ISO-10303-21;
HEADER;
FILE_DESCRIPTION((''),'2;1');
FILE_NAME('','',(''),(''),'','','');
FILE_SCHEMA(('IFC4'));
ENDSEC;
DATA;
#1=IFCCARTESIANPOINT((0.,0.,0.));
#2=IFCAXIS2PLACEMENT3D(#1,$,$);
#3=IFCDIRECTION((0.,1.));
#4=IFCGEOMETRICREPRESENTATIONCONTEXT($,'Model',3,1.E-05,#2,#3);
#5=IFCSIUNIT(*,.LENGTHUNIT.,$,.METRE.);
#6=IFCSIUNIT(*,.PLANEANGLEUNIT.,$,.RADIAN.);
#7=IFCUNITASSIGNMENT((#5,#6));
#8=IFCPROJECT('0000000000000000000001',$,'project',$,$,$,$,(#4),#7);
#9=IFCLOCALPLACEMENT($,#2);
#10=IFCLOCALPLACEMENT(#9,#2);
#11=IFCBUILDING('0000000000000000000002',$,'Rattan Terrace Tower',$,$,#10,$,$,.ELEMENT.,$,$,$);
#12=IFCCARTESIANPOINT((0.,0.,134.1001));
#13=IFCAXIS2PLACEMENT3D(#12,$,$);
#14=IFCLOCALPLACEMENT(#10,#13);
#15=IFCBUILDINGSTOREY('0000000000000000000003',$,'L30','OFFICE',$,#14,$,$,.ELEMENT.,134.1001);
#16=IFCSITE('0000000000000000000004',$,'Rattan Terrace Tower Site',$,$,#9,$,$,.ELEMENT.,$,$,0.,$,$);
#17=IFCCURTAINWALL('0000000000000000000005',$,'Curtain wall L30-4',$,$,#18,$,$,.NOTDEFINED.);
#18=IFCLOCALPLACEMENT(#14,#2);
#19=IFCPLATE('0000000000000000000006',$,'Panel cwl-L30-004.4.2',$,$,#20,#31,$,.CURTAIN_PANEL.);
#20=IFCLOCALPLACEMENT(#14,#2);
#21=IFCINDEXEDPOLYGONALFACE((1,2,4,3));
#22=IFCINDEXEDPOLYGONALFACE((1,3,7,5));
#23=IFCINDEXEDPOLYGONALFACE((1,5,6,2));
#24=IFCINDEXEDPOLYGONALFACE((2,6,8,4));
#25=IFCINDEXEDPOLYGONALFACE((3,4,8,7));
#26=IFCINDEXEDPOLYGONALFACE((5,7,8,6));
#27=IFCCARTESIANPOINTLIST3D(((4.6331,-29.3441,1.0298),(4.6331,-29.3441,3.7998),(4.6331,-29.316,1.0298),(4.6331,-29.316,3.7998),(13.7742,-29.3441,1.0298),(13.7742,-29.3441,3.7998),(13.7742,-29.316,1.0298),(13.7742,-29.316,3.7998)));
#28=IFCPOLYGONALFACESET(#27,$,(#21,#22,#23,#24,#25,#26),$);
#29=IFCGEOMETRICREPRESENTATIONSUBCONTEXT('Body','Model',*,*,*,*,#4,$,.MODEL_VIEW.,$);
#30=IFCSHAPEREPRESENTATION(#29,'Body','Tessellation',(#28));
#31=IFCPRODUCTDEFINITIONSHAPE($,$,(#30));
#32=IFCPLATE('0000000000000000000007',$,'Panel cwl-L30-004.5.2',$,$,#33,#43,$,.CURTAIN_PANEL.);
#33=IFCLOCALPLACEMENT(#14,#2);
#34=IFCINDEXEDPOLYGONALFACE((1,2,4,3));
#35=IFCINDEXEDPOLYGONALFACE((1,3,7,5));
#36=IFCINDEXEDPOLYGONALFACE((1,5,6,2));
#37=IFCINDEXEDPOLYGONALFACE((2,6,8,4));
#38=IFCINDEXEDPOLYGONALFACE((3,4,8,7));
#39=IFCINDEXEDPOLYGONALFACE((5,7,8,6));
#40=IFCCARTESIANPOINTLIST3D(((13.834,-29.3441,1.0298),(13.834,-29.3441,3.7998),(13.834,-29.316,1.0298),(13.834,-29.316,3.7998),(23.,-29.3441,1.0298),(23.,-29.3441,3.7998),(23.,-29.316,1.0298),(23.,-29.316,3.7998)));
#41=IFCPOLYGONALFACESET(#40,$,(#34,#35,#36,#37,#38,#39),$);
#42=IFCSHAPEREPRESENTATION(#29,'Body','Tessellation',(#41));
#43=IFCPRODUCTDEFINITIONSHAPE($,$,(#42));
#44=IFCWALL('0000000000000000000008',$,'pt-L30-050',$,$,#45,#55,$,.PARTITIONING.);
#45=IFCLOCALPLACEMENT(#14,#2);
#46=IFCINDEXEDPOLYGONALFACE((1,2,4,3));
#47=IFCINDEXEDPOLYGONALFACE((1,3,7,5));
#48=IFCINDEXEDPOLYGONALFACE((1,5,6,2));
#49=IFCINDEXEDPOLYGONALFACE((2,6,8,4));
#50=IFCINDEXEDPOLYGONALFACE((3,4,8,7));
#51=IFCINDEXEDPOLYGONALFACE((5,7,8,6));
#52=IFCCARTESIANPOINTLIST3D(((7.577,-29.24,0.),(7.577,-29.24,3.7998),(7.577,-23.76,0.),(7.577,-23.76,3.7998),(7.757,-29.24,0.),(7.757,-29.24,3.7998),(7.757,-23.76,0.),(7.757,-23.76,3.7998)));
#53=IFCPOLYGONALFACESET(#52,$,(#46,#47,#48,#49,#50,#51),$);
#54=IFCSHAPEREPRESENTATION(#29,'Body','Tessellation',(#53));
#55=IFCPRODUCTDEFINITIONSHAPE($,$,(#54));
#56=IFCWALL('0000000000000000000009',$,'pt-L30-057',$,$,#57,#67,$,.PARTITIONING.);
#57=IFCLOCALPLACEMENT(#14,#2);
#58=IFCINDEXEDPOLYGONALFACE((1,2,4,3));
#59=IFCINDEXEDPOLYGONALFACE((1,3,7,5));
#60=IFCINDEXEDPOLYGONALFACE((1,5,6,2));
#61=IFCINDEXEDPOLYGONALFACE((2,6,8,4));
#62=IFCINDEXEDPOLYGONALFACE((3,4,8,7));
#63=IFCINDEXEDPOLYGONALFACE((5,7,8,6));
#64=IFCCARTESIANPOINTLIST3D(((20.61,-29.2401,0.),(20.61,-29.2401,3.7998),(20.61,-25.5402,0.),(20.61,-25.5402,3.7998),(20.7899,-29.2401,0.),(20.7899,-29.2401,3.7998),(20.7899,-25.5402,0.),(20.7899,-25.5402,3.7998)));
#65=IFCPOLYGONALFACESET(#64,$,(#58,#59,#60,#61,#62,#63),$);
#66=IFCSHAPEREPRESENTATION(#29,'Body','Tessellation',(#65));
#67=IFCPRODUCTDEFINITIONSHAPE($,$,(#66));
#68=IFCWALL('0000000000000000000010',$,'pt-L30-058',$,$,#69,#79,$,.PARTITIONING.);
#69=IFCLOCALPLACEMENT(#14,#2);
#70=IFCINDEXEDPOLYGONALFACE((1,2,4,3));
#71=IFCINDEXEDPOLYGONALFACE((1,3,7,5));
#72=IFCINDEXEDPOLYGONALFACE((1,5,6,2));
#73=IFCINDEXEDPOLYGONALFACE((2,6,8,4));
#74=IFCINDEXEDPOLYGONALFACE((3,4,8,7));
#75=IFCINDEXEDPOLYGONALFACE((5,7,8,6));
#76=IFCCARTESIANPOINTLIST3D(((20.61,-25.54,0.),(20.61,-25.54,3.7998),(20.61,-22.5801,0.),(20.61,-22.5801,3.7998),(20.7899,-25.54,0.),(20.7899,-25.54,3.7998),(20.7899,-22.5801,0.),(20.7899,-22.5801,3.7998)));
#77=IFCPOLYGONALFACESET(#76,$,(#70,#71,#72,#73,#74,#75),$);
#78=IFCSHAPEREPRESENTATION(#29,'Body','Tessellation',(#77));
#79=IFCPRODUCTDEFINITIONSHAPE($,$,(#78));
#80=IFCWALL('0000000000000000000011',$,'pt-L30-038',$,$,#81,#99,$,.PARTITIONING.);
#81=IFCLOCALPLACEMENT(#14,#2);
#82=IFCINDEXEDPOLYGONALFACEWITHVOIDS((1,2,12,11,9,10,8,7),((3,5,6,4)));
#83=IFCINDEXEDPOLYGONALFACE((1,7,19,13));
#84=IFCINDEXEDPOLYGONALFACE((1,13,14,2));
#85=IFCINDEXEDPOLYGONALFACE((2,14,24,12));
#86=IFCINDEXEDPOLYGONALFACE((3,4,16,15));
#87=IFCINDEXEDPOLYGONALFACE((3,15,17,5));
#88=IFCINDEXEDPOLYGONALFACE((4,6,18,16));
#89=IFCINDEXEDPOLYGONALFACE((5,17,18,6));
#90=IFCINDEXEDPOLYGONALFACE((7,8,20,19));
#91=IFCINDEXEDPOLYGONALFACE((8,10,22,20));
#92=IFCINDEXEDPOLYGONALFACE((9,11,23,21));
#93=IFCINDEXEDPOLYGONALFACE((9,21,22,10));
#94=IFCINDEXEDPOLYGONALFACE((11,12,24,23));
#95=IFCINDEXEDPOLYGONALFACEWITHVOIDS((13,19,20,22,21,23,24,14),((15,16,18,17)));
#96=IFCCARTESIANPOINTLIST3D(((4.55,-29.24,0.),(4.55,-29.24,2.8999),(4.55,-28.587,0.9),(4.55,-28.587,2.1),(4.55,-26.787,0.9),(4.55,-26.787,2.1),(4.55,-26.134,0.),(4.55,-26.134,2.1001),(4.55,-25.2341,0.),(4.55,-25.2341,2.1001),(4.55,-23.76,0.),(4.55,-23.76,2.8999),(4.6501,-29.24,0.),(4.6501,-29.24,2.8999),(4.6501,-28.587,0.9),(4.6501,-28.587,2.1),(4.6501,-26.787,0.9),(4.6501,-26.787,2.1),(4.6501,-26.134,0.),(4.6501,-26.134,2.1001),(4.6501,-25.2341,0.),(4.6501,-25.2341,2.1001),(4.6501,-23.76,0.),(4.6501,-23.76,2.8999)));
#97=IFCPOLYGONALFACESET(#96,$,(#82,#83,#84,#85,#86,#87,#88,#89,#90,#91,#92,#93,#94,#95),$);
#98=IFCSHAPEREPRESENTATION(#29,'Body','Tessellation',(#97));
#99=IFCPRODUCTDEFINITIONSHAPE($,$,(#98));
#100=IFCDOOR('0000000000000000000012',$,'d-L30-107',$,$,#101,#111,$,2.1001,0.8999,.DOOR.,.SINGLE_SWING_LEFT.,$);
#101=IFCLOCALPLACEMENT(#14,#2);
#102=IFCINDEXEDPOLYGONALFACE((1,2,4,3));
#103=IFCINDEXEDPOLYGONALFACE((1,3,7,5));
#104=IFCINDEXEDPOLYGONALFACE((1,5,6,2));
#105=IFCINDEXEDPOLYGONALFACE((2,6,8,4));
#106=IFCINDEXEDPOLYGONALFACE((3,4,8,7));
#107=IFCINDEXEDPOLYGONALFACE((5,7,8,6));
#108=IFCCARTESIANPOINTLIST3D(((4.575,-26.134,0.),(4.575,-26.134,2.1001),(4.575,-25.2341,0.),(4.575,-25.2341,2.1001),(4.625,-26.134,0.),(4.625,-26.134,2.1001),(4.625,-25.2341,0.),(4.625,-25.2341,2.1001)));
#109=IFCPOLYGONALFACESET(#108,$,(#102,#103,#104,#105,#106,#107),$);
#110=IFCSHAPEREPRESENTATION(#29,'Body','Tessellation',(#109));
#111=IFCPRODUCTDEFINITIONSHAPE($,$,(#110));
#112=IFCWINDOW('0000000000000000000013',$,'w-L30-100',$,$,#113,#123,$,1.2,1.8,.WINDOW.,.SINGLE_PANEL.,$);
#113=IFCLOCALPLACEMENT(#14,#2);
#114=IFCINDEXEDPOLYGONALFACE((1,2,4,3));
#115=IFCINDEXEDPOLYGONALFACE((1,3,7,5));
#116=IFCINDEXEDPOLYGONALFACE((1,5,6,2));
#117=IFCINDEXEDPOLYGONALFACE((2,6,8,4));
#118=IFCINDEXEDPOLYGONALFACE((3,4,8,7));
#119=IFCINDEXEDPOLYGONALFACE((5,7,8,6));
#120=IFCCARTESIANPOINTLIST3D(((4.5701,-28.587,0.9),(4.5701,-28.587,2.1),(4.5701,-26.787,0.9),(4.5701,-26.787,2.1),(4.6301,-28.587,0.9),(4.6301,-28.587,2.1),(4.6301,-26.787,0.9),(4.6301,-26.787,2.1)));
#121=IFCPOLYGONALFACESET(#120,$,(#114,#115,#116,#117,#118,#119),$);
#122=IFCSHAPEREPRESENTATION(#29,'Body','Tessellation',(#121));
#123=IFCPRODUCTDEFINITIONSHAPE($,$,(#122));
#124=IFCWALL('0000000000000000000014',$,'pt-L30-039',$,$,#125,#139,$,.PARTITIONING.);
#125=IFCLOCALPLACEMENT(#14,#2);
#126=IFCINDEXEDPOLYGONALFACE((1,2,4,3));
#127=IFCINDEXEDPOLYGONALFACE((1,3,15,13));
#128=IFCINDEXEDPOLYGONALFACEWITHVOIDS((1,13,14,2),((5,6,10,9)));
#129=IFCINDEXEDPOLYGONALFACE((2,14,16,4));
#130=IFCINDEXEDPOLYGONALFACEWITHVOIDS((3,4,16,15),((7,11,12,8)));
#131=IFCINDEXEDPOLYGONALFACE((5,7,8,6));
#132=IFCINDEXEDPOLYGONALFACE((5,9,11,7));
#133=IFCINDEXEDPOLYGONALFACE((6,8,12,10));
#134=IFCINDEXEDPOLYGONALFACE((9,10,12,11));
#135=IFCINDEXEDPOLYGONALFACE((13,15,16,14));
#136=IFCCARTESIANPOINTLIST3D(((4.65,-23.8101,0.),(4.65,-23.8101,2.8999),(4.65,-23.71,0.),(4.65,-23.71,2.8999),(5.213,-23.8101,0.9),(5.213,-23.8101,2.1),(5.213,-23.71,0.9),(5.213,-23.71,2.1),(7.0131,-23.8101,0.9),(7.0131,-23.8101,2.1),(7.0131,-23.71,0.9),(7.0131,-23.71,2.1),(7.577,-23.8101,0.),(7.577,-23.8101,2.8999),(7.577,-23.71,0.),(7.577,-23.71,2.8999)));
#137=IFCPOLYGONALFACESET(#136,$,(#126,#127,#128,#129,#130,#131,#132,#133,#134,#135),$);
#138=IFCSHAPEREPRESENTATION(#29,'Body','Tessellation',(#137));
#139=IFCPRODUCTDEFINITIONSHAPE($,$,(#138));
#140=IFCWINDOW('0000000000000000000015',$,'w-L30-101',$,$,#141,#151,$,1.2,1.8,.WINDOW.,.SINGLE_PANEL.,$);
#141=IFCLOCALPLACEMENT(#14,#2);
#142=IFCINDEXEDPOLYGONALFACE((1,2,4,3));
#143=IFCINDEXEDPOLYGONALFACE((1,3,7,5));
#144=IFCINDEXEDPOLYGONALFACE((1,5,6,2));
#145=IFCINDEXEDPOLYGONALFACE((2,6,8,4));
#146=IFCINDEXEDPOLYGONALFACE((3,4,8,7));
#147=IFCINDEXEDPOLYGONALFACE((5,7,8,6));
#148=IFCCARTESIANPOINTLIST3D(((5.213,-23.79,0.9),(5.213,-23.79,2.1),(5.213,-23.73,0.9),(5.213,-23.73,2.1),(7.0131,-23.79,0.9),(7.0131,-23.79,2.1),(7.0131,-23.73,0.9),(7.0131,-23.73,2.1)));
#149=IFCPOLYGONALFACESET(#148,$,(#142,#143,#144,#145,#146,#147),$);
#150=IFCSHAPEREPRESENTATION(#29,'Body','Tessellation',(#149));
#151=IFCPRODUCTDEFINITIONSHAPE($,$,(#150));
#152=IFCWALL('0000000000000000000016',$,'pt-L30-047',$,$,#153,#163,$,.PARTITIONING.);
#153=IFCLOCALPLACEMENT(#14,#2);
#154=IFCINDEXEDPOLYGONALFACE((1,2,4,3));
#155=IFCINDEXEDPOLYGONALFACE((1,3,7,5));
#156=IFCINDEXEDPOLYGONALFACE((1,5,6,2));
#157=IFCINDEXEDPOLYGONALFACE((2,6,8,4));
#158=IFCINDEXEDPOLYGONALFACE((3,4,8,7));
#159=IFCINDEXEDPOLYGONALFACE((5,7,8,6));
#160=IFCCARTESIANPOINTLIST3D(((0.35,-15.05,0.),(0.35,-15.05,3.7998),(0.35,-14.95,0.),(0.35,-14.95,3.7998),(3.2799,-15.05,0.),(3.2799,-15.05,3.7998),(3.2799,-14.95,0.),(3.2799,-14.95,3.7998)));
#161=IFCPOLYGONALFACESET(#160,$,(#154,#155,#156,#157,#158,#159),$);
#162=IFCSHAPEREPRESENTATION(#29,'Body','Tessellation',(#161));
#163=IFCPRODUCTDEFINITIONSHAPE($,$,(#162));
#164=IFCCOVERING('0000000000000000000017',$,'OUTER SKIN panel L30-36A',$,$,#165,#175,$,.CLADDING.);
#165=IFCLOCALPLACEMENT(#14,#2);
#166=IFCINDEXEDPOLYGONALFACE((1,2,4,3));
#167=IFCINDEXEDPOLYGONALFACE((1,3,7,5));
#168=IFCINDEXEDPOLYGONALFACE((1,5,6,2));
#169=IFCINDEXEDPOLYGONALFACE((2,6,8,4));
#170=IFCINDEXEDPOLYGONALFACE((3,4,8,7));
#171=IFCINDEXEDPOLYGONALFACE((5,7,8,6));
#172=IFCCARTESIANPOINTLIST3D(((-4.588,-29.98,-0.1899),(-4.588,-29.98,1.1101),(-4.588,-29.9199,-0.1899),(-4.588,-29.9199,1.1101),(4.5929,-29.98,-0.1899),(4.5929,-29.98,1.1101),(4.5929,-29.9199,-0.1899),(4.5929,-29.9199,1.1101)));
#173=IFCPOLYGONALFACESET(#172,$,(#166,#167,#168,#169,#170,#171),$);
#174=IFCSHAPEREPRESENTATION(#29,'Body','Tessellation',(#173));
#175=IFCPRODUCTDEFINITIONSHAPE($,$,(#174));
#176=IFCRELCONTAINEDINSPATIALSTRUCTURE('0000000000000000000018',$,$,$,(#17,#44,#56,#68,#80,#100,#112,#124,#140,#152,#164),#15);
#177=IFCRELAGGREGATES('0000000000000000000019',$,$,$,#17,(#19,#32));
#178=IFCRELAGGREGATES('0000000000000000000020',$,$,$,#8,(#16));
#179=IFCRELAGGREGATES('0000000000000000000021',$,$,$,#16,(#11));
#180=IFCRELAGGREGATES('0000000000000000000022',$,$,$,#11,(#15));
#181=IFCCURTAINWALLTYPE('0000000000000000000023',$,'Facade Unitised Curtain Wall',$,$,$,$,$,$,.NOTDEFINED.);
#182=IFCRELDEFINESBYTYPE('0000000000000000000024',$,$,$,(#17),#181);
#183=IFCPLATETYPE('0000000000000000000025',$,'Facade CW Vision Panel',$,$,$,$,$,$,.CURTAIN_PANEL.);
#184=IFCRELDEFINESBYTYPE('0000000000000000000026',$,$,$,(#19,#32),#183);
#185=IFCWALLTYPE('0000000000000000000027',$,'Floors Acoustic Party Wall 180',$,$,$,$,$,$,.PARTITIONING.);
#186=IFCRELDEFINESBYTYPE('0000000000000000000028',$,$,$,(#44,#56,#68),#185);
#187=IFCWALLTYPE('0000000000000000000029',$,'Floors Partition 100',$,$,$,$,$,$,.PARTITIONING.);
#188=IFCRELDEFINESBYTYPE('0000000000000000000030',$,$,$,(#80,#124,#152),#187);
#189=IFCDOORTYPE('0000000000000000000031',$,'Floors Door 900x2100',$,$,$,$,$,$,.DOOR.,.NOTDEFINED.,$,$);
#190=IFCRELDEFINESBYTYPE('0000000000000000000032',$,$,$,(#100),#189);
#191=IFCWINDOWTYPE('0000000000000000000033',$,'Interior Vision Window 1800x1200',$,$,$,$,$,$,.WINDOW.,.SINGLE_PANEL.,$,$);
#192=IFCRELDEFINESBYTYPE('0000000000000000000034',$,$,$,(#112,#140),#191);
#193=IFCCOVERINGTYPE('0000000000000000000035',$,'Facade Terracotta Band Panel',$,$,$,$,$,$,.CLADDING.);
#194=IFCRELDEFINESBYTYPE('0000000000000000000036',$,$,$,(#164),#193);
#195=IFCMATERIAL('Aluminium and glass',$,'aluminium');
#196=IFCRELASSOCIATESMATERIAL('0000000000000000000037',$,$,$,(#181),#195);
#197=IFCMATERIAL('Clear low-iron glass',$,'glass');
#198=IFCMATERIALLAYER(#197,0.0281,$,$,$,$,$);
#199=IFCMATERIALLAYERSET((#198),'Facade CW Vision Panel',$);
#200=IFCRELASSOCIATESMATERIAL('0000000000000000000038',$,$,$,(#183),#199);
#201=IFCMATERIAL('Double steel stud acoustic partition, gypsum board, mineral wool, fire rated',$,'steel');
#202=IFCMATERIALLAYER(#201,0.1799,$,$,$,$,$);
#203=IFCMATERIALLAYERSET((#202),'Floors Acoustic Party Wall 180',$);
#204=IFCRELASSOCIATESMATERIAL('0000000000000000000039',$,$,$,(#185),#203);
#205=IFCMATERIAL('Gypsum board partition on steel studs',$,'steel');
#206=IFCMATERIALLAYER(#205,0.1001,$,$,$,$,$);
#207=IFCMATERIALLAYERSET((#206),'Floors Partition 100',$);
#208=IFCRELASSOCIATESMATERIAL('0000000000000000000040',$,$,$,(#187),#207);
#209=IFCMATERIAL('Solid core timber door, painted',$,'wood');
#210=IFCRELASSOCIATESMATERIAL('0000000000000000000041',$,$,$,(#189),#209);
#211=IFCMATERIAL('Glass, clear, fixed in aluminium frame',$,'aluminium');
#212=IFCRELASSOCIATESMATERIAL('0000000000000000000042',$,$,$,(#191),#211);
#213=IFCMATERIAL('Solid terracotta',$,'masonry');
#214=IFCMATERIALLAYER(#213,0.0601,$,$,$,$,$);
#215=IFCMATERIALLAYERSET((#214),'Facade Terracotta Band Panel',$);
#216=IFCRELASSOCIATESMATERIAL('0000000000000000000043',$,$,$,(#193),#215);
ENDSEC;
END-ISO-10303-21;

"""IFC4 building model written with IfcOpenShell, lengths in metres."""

from ifc_helpers import new_model, si_unit, direction, frame, frame_2d, origin, origin_2d, place, context, subcontext, project, spatial, rectangle, extrude, material, layer, layer_set, type_object, element, fill, aggregate, save


model = new_model("IFC4")

# Units and contexts
model_context = context("Model", 3, precision=1e-05, world=origin(), true_north=direction((0.0, 1.0)))
body_context = subcontext(model_context, "Body", "Model", "MODEL_VIEW")
ifc_project = project(units=[si_unit("LENGTHUNIT", "METRE"), si_unit("PLANEANGLEUNIT", "RADIAN")], contexts=[model_context])

# Site, building, storey
site_placement = place(None, origin())
site = spatial("IfcSite", under=ifc_project, at=site_placement, Name="Rattan Terrace Tower Site", CompositionType="ELEMENT", RefElevation=0.0)
building_placement = place(site_placement, origin())
building = spatial("IfcBuilding", under=site, at=building_placement, Name="Rattan Terrace Tower", CompositionType="ELEMENT")
storey_placement = place(building_placement, frame((0.0, 0.0, 134.1001)))
storey = spatial("IfcBuildingStorey", under=building, at=storey_placement, Name="L30", Description="OFFICE", CompositionType="ELEMENT", Elevation=134.1001)

# Curtain wall
ifc_material_1 = material(Name="Aluminium and glass", Category="aluminium")
curtain_wall_type = type_object("IfcCurtainWallType", Name="Facade Unitised Curtain Wall", PredefinedType="NOTDEFINED", material=ifc_material_1)
curtain_wall_placement = place(storey_placement, origin())
curtain_wall = element("IfcCurtainWall", 1, at=curtain_wall_placement, inside=storey, type_object=curtain_wall_type, Name="Curtain wall L30-4", PredefinedType="NOTDEFINED")

# Plates
ifc_material_2 = material(Name="Clear low-iron glass", Category="glass")
ifc_layer_1 = layer(ifc_material_2, 0.0281)
ifc_layer_set_1 = layer_set([ifc_layer_1], Name="Facade CW Vision Panel")
plate_type_1 = type_object("IfcPlateType", Name="Facade CW Vision Panel", PredefinedType="CURTAIN_PANEL", material=ifc_layer_set_1)
plate_1_placement = place(storey_placement, frame((9.2036, -29.3301, 1.0298), z_axis=(0.0, 0.0, 1.0), x_axis=(1.0, 0.0, 0.0)))
plate_1 = element("IfcPlate", 2, at=plate_1_placement, type_object=plate_type_1, Name="Panel cwl-L30-004.4.2", PredefinedType="CURTAIN_PANEL", context=body_context, shape_type="SweptSolid", body=[
    extrude(rectangle(XDim=9.1411, YDim=0.0281, at=origin_2d()), origin(), (0.0, 0.0, 1.0), 2.77),
])
plate_2_placement = place(storey_placement, frame((18.417, -29.3301, 1.0298), z_axis=(0.0, 0.0, 1.0), x_axis=(1.0, 0.0, 0.0)))
plate_2 = element("IfcPlate", 3, at=plate_2_placement, type_object=plate_type_1, Name="Panel cwl-L30-004.5.2", PredefinedType="CURTAIN_PANEL", context=body_context, shape_type="SweptSolid", body=[
    extrude(rectangle(XDim=9.166, YDim=0.0281, at=origin_2d()), origin(), (0.0, 0.0, 1.0), 2.77),
])
aggregate(curtain_wall, [plate_1, plate_2])

# Walls
ifc_material_3 = material(Name="Double steel stud acoustic partition, gypsum board, mineral wool, fire rated", Category="steel")
ifc_layer_2 = layer(ifc_material_3, 0.1799)
ifc_layer_set_2 = layer_set([ifc_layer_2], Name="Floors Acoustic Party Wall 180")
wall_type_1 = type_object("IfcWallType", Name="Floors Acoustic Party Wall 180", PredefinedType="PARTITIONING", material=ifc_layer_set_2)
wall_1_placement = place(storey_placement, frame((7.667, -23.76, 0.0), z_axis=(0.0, 0.0, 1.0), x_axis=(0.0, -1.0, 0.0)))
element("IfcWall", 4, at=wall_1_placement, inside=storey, type_object=wall_type_1, Name="pt-L30-050", PredefinedType="PARTITIONING", context=body_context, shape_type="SweptSolid", body=[
    extrude(rectangle(XDim=5.48, YDim=0.1799, at=frame_2d((2.74, 0.0))), origin(), (0.0, 0.0, 1.0), 3.7998),
])
wall_2_placement = place(storey_placement, frame((20.7, -25.54, 0.0), z_axis=(0.0, 0.0, 1.0), x_axis=(0.0, -1.0, 0.0)))
element("IfcWall", 5, at=wall_2_placement, inside=storey, type_object=wall_type_1, Name="pt-L30-057", PredefinedType="PARTITIONING", context=body_context, shape_type="SweptSolid", body=[
    extrude(rectangle(XDim=3.7, YDim=0.1799, at=frame_2d((1.8501, 0.0))), origin(), (0.0, 0.0, 1.0), 3.7998),
])
wall_3_placement = place(storey_placement, frame((20.7, -22.5801, 0.0), z_axis=(0.0, 0.0, 1.0), x_axis=(0.0, -1.0, 0.0)))
element("IfcWall", 6, at=wall_3_placement, inside=storey, type_object=wall_type_1, Name="pt-L30-058", PredefinedType="PARTITIONING", context=body_context, shape_type="SweptSolid", body=[
    extrude(rectangle(XDim=2.96, YDim=0.1799, at=frame_2d((1.48, 0.0))), origin(), (0.0, 0.0, 1.0), 3.7998),
])

# Wall, openings, door, window
ifc_material_4 = material(Name="Gypsum board partition on steel studs", Category="steel")
ifc_layer_3 = layer(ifc_material_4, 0.1001)
ifc_layer_set_3 = layer_set([ifc_layer_3], Name="Floors Partition 100")
wall_type_2 = type_object("IfcWallType", Name="Floors Partition 100", PredefinedType="PARTITIONING", material=ifc_layer_set_3)
wall_4_placement = place(storey_placement, frame((4.6001, -23.76, 0.0), z_axis=(0.0, 0.0, 1.0), x_axis=(0.0, -1.0, 0.0)))
wall_4 = element("IfcWall", 7, at=wall_4_placement, inside=storey, type_object=wall_type_2, Name="pt-L30-038", PredefinedType="PARTITIONING", context=body_context, shape_type="SweptSolid", body=[
    extrude(rectangle(XDim=5.48, YDim=0.1001, at=frame_2d((2.74, 0.0))), origin(), (0.0, 0.0, 1.0), 2.8999),
])
opening_1_placement = place(wall_4_placement, frame((1.4741, 0.0, 0.0)))
opening_1 = element("IfcOpeningElement", 8, at=opening_1_placement, cuts=wall_4, PredefinedType="OPENING", context=body_context, shape_type="SweptSolid", body=[
    extrude(rectangle(XDim=0.8999, YDim=2.1001, at=frame_2d((0.45, 1.05))), frame((0.0, 0.0605, 0.0), z_axis=(0.0, -1.0, 0.0), x_axis=(1.0, 0.0, 0.0)), (0.0, 0.0, 1.0), 0.1211),
])
opening_2_placement = place(wall_4_placement, frame((3.0271, 0.0, 0.8999)))
opening_2 = element("IfcOpeningElement", 9, at=opening_2_placement, cuts=wall_4, PredefinedType="OPENING", context=body_context, shape_type="SweptSolid", body=[
    extrude(rectangle(XDim=1.8, YDim=1.2, at=frame_2d((0.8999, 0.6001))), frame((0.0, 0.0605, 0.0), z_axis=(0.0, -1.0, 0.0), x_axis=(1.0, 0.0, 0.0)), (0.0, 0.0, 1.0), 0.1211),
])
ifc_material_5 = material(Name="Solid core timber door, painted", Category="wood")
door_type = type_object("IfcDoorType", Name="Floors Door 900x2100", OperationType="NOTDEFINED", PredefinedType="DOOR", material=ifc_material_5)
door_placement = place(opening_1_placement, origin())
door = element("IfcDoor", 10, at=door_placement, inside=storey, type_object=door_type, Name="d-L30-107", OperationType="SINGLE_SWING_LEFT", OverallHeight=2.1001, OverallWidth=0.8999, PredefinedType="DOOR", context=body_context, shape_type="SweptSolid", body=[
    extrude(rectangle(XDim=0.8999, YDim=2.1001, at=frame_2d((0.45, 1.05))), frame((0.0, 0.0249, 0.0), z_axis=(0.0, -1.0, 0.0), x_axis=(1.0, 0.0, 0.0)), (0.0, 0.0, 1.0), 0.05),
])
fill(opening_1, door)
ifc_material_6 = material(Name="Glass, clear, fixed in aluminium frame", Category="aluminium")
window_type = type_object("IfcWindowType", Name="Interior Vision Window 1800x1200", PartitioningType="SINGLE_PANEL", PredefinedType="WINDOW", material=ifc_material_6)
window_1_placement = place(opening_2_placement, origin())
window_1 = element("IfcWindow", 11, at=window_1_placement, inside=storey, type_object=window_type, Name="w-L30-100", OverallHeight=1.2, OverallWidth=1.8, PartitioningType="SINGLE_PANEL", PredefinedType="WINDOW", context=body_context, shape_type="SweptSolid", body=[
    extrude(rectangle(XDim=1.8, YDim=1.2, at=frame_2d((0.8999, 0.6001))), frame((0.0, 0.03, 0.0), z_axis=(0.0, -1.0, 0.0), x_axis=(1.0, 0.0, 0.0)), (0.0, 0.0, 1.0), 0.0601),
])
fill(opening_2, window_1)

# Wall, opening, window
wall_5_placement = place(storey_placement, frame((7.5769, -23.76, 0.0), z_axis=(0.0, 0.0, 1.0), x_axis=(-1.0, 0.0, 0.0)))
wall_5 = element("IfcWall", 12, at=wall_5_placement, inside=storey, type_object=wall_type_2, Name="pt-L30-039", PredefinedType="PARTITIONING", context=body_context, shape_type="SweptSolid", body=[
    extrude(rectangle(XDim=2.927, YDim=0.1001, at=frame_2d((1.4634, 0.0))), origin(), (0.0, 0.0, 1.0), 2.8999),
])
opening_3_placement = place(wall_5_placement, frame((0.564, 0.0, 0.8999)))
opening_3 = element("IfcOpeningElement", 13, at=opening_3_placement, cuts=wall_5, PredefinedType="OPENING", context=body_context, shape_type="SweptSolid", body=[
    extrude(rectangle(XDim=1.8, YDim=1.2, at=frame_2d((0.8999, 0.6001))), frame((0.0, 0.0605, 0.0), z_axis=(0.0, -1.0, 0.0), x_axis=(1.0, 0.0, 0.0)), (0.0, 0.0, 1.0), 0.1211),
])
window_2_placement = place(opening_3_placement, origin())
window_2 = element("IfcWindow", 14, at=window_2_placement, inside=storey, type_object=window_type, Name="w-L30-101", OverallHeight=1.2, OverallWidth=1.8, PartitioningType="SINGLE_PANEL", PredefinedType="WINDOW", context=body_context, shape_type="SweptSolid", body=[
    extrude(rectangle(XDim=1.8, YDim=1.2, at=frame_2d((0.8999, 0.6001))), frame((0.0, 0.03, 0.0), z_axis=(0.0, -1.0, 0.0), x_axis=(1.0, 0.0, 0.0)), (0.0, 0.0, 1.0), 0.0601),
])
fill(opening_3, window_2)

# Wall
wall_6_placement = place(storey_placement, frame((0.3501, -15.0, 0.0), z_axis=(0.0, 0.0, 1.0), x_axis=(1.0, 0.0, 0.0)))
element("IfcWall", 15, at=wall_6_placement, inside=storey, type_object=wall_type_2, Name="pt-L30-047", PredefinedType="PARTITIONING", context=body_context, shape_type="SweptSolid", body=[
    extrude(rectangle(XDim=2.9299, YDim=0.1001, at=frame_2d((1.4648, 0.0))), origin(), (0.0, 0.0, 1.0), 3.7998),
])

# Covering
ifc_material_7 = material(Name="Solid terracotta", Category="masonry")
ifc_layer_4 = layer(ifc_material_7, 0.0601)
ifc_layer_set_4 = layer_set([ifc_layer_4], Name="Facade Terracotta Band Panel")
covering_type_1 = type_object("IfcCoveringType", Name="Facade Terracotta Band Panel", PredefinedType="CLADDING", material=ifc_layer_set_4)
for number, where, z_axis, x_axis, name in (
    (16, (0.0024, -29.95, -0.1899), (0.0, 0.0, 1.0), (1.0, 0.0, 0.0), "OUTER SKIN panel L30-36A"),
):
    element("IfcCovering", number, at=place(storey_placement, frame(where, z_axis=z_axis, x_axis=x_axis)), inside=storey, type_object=covering_type_1, Name=name, PredefinedType="CLADDING", context=body_context, shape_type="SweptSolid", body=[
        extrude(rectangle(XDim=9.1809, YDim=0.0601, at=origin_2d()), origin(), (0.0, 0.0, 1.0), 1.3),
    ])

save(model, "model.ifc")
